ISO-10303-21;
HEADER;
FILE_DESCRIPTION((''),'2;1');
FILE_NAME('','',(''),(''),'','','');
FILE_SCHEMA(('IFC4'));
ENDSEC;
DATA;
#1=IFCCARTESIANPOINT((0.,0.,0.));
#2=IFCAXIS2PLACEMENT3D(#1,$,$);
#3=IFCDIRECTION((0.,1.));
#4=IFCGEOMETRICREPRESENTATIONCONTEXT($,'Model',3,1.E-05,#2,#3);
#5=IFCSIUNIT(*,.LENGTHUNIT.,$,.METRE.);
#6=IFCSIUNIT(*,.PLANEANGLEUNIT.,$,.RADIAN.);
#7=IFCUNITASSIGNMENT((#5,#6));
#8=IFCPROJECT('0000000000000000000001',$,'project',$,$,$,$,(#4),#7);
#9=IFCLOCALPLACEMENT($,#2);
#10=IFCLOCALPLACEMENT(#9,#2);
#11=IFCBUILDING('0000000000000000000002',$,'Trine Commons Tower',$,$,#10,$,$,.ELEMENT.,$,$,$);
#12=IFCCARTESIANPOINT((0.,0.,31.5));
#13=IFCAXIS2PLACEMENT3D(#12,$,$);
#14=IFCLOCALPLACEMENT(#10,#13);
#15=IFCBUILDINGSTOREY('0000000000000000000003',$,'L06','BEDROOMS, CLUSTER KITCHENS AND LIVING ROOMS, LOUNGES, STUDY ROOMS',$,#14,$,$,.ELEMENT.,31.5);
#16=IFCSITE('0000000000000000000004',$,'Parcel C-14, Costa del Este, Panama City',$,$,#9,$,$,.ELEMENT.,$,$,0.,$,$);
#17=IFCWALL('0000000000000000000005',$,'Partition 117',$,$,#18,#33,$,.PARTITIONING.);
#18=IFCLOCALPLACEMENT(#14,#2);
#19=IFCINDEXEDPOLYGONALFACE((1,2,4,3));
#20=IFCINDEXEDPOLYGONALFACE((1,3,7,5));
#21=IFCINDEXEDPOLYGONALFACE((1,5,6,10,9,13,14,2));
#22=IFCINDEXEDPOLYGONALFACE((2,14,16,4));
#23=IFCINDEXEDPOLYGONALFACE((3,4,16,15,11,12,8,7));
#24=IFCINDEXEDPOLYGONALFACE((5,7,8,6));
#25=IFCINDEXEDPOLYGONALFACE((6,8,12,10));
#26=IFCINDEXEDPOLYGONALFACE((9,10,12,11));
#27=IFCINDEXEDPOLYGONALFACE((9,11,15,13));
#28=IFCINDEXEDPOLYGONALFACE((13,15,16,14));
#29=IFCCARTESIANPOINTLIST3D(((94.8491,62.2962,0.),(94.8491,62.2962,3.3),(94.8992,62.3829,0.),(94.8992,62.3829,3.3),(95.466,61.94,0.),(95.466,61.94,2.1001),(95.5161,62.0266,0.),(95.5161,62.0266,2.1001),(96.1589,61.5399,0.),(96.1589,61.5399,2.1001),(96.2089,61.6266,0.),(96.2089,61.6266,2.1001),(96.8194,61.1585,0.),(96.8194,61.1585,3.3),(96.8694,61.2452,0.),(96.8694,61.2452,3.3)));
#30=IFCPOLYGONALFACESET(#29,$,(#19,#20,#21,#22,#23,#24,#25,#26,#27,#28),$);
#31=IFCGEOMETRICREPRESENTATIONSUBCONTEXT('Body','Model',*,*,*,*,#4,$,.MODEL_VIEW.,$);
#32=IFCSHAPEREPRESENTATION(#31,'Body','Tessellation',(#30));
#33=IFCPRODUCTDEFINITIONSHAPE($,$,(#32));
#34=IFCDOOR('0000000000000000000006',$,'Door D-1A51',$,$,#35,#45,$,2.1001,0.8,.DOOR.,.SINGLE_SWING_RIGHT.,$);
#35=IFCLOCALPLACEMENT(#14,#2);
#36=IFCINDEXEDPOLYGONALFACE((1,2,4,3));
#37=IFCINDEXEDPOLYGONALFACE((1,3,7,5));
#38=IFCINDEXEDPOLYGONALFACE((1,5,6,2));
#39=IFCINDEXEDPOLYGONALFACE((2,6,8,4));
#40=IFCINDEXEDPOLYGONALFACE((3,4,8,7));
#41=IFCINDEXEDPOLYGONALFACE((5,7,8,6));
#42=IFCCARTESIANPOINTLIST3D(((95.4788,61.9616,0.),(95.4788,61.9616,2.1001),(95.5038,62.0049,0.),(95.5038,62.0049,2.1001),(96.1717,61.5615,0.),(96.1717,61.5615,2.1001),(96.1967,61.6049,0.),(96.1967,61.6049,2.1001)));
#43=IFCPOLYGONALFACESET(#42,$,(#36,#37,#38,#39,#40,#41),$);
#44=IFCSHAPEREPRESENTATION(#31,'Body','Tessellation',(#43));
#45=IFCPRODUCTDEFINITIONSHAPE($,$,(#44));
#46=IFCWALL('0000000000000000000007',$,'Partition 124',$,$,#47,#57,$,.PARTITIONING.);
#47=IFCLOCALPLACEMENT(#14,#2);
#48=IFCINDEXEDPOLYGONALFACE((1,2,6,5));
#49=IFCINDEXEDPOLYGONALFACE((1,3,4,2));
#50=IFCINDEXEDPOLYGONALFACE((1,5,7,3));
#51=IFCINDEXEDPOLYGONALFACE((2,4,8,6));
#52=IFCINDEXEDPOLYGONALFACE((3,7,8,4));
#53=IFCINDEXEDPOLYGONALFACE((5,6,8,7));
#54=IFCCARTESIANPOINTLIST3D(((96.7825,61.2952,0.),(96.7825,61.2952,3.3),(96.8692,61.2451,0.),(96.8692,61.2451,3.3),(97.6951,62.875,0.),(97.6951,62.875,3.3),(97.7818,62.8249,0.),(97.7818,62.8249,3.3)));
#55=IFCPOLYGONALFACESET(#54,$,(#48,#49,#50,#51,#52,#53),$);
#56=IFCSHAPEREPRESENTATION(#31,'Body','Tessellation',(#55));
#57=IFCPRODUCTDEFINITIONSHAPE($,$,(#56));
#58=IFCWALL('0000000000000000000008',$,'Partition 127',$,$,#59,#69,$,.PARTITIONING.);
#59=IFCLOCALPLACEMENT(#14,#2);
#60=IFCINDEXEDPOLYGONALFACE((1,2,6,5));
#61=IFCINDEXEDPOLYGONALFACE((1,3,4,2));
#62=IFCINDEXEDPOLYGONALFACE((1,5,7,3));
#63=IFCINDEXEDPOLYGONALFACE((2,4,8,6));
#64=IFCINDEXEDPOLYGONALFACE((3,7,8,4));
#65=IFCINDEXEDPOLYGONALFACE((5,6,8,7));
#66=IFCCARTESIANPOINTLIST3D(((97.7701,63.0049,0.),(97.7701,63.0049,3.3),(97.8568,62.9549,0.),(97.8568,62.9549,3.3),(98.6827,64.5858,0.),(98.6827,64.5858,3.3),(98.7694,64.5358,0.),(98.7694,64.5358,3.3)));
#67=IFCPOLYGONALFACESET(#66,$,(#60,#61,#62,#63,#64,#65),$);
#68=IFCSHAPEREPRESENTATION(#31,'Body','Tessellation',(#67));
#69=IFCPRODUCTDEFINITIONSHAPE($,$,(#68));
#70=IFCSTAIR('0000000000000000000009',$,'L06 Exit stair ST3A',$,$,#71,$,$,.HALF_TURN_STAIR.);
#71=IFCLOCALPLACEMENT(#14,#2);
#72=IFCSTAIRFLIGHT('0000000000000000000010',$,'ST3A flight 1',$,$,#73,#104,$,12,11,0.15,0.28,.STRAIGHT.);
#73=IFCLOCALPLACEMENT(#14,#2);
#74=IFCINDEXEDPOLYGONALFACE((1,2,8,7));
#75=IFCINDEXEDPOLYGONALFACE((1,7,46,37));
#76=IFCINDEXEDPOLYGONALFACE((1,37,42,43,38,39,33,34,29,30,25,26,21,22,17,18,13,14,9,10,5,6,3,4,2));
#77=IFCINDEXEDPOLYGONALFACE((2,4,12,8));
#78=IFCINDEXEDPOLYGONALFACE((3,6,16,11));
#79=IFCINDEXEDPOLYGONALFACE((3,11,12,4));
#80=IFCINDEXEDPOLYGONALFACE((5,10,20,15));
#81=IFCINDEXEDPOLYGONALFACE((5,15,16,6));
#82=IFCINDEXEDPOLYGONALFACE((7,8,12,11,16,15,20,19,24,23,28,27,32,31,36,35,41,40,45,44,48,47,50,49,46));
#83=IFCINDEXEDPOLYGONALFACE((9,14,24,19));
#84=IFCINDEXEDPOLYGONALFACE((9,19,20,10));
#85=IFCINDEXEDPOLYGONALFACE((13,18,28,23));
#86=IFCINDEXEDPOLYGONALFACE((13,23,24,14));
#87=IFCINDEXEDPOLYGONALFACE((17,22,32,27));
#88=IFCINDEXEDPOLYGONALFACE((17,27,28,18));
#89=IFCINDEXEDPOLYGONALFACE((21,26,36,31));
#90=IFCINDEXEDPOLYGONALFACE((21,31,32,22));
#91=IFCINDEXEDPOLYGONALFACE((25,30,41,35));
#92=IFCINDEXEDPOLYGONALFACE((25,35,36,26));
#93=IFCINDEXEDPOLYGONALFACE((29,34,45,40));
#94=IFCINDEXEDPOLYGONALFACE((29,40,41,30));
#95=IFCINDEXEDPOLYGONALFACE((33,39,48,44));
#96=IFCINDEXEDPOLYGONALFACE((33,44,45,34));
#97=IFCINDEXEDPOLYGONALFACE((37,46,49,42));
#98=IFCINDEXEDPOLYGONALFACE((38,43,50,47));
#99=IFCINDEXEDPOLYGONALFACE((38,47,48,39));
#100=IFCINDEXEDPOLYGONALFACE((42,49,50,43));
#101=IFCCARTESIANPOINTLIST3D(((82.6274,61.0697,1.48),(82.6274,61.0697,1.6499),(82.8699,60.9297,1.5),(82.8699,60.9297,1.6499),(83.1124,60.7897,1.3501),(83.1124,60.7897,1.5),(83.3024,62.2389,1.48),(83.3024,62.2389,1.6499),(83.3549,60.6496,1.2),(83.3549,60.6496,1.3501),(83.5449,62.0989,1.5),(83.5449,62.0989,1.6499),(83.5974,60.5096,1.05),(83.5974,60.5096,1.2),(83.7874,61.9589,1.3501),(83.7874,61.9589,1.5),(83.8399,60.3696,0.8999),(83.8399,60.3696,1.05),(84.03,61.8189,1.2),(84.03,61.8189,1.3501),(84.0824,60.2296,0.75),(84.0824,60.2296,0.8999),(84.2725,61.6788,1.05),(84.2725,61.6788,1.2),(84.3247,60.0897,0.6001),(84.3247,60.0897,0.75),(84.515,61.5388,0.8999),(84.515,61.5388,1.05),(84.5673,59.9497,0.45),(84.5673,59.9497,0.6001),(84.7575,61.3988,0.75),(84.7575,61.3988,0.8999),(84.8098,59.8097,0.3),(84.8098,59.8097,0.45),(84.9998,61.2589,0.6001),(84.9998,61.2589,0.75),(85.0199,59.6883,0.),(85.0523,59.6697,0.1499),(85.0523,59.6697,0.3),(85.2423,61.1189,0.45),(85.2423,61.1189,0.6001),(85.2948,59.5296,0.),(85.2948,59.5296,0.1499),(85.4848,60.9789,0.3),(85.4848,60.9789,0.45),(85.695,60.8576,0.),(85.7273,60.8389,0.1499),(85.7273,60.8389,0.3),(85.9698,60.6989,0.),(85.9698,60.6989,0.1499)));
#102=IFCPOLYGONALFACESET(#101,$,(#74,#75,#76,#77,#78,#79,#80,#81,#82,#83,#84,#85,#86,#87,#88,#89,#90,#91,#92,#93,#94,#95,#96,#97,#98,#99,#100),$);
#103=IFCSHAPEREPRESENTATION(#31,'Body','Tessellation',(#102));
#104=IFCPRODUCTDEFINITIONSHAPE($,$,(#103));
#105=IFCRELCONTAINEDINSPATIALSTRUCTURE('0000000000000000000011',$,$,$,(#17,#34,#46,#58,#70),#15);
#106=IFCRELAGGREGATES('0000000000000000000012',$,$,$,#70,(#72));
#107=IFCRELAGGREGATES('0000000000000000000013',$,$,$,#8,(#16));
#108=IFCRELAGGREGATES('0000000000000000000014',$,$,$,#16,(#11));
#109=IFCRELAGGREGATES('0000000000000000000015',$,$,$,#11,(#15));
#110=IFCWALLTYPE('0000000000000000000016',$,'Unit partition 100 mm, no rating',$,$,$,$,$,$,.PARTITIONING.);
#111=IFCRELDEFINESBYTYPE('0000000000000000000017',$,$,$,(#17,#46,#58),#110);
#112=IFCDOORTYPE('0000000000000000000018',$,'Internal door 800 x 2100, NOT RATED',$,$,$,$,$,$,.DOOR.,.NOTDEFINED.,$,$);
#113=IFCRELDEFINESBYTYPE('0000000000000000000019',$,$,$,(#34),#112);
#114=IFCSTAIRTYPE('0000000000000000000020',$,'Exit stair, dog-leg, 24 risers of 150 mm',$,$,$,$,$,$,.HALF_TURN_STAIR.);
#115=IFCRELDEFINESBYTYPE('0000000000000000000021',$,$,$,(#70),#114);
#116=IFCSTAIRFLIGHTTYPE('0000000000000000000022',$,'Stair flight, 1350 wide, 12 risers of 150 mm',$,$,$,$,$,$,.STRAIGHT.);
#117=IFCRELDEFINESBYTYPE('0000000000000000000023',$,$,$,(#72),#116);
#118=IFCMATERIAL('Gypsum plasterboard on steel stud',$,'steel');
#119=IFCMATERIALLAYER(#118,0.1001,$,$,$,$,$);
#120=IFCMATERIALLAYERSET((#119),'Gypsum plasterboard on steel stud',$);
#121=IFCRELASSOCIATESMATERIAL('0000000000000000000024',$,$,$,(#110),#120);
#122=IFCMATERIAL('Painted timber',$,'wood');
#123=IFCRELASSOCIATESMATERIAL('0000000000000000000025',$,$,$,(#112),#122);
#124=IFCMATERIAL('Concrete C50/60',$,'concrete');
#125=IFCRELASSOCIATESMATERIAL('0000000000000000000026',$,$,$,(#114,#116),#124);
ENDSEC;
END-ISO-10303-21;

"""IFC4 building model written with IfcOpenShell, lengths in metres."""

from ifc_helpers import new_model, si_unit, direction, frame, frame_2d, origin, place, context, subcontext, project, spatial, polyline, rectangle, outline, extrude, material, layer, layer_set, type_object, element, fill, aggregate, save


model = new_model("IFC4")

# Units and contexts
model_context = context("Model", 3, precision=1e-05, world=origin(), true_north=direction((0.0, 1.0)))
body_context = subcontext(model_context, "Body", "Model", "MODEL_VIEW")
ifc_project = project(units=[si_unit("LENGTHUNIT", "METRE"), si_unit("PLANEANGLEUNIT", "RADIAN")], contexts=[model_context])

# Site, building, storey
site_placement = place(None, origin())
site = spatial("IfcSite", under=ifc_project, at=site_placement, Name="Parcel C-14, Costa del Este, Panama City", CompositionType="ELEMENT", RefElevation=0.0)
building_placement = place(site_placement, origin())
building = spatial("IfcBuilding", under=site, at=building_placement, Name="Trine Commons Tower", CompositionType="ELEMENT")
storey_placement = place(building_placement, frame((0.0, 0.0, 31.5)))
storey = spatial("IfcBuildingStorey", under=building, at=storey_placement, Name="L06", Description="BEDROOMS, CLUSTER KITCHENS AND LIVING ROOMS, LOUNGES, STUDY ROOMS", CompositionType="ELEMENT", Elevation=31.5)

# Shared definitions
ifc_material_1 = material(Name="Concrete C50/60", Category="concrete")

# Shared definitions
ifc_material_2 = material(Name="Gypsum plasterboard on steel stud", Category="steel")

# Shared definitions
ifc_material_3 = material(Name="Painted timber", Category="wood")

# Wall, opening, door
ifc_layer_1 = layer(ifc_material_2, 0.1001)
ifc_layer_set_1 = layer_set([ifc_layer_1], Name="Gypsum plasterboard on steel stud")
wall_type_1 = type_object("IfcWallType", Name="Unit partition 100 mm, no rating", PredefinedType="PARTITIONING", material=ifc_layer_set_1)
door_type_1 = type_object("IfcDoorType", Name="Internal door 800 x 2100, NOT RATED", OperationType="NOTDEFINED", PredefinedType="DOOR", material=ifc_material_3)
wall_1_placement = place(storey_placement, frame((94.874, 62.3396, 0.0), z_axis=(0.0, 0.0, 1.0), x_axis=(0.865989, -0.500063, 0.0)))
wall_1 = element("IfcWall", 1, at=wall_1_placement, inside=storey, type_object=wall_type_1, Name="Partition 117", PredefinedType="PARTITIONING", context=body_context, shape_type="SweptSolid", body=[
    extrude(rectangle(XDim=2.2751, YDim=0.1001, at=frame_2d((1.1377, 0.0))), origin(), (0.0, 0.0, 1.0), 3.3),
])
opening_1_placement = place(wall_1_placement, frame((0.7126, 0.0, 0.0)))
opening_1 = element("IfcOpeningElement", 2, at=opening_1_placement, cuts=wall_1, PredefinedType="OPENING", context=body_context, shape_type="SweptSolid", body=[
    extrude(rectangle(XDim=0.8, YDim=2.1001, at=frame_2d((0.3999, 1.05))), frame((0.0, 0.0601, 0.0), z_axis=(0.0, -1.0, 0.0), x_axis=(1.0, 0.0, 0.0)), (0.0, 0.0, 1.0), 0.1201),
])
door_1_placement = place(opening_1_placement, frame((0.8, 0.0, 0.0), z_axis=(0.0, 0.0, 1.0), x_axis=(-1.0, 0.0, 0.0)))
door_1 = element("IfcDoor", 3, at=door_1_placement, inside=storey, type_object=door_type_1, Name="Door D-1A51", OperationType="SINGLE_SWING_RIGHT", OverallHeight=2.1001, OverallWidth=0.8, PredefinedType="DOOR", context=body_context, shape_type="SweptSolid", body=[
    extrude(rectangle(XDim=0.8, YDim=2.1001, at=frame_2d((0.3999, 1.05))), frame((0.0, 0.0249, 0.0), z_axis=(0.0, -1.0, 0.0), x_axis=(1.0, 0.0, 0.0)), (0.0, 0.0, 1.0), 0.05),
])
fill(opening_1, door_1)

# Walls
wall_2_placement = place(storey_placement, frame((96.8259, 61.2703, 0.0), z_axis=(0.0, 0.0, 1.0), x_axis=(0.500197, 0.865911, 0.0)))
element("IfcWall", 4, at=wall_2_placement, inside=storey, type_object=wall_type_1, Name="Partition 124", PredefinedType="PARTITIONING", context=body_context, shape_type="SweptSolid", body=[
    extrude(rectangle(XDim=1.8245, YDim=0.1001, at=frame_2d((0.9121, 0.0))), origin(), (0.0, 0.0, 1.0), 3.3),
])
wall_3_placement = place(storey_placement, frame((97.8135, 62.98, 0.0), z_axis=(0.0, 0.0, 1.0), x_axis=(0.499966, 0.866045, 0.0)))
element("IfcWall", 5, at=wall_3_placement, inside=storey, type_object=wall_type_1, Name="Partition 127", PredefinedType="PARTITIONING", context=body_context, shape_type="SweptSolid", body=[
    extrude(rectangle(XDim=1.8254, YDim=0.1001, at=frame_2d((0.9126, 0.0))), origin(), (0.0, 0.0, 1.0), 3.3),
])

# Stair, stair flight
stair_type = type_object("IfcStairType", Name="Exit stair, dog-leg, 24 risers of 150 mm", PredefinedType="HALF_TURN_STAIR", material=ifc_material_1)
stair_placement = place(storey_placement, origin())
stair = element("IfcStair", 6, at=stair_placement, inside=storey, type_object=stair_type, Name="L06 Exit stair ST3A", PredefinedType="HALF_TURN_STAIR")
stair_flight_type = type_object("IfcStairFlightType", Name="Stair flight, 1350 wide, 12 risers of 150 mm", PredefinedType="STRAIGHT", material=ifc_material_1)
stair_flight_placement = place(storey_placement, frame((85.6323, 60.1143, 0.0), z_axis=(0.0, 0.0, 1.0), x_axis=(-0.866025, 0.5, 0.0)))
stair_flight = element("IfcStairFlight", 7, at=stair_flight_placement, type_object=stair_flight_type, Name="ST3A flight 1", NumberOfRisers=12, NumberOfTreads=11, PredefinedType="STRAIGHT", RiserHeight=0.15, TreadLength=0.28, context=body_context, shape_type="SweptSolid", body=[
    extrude(outline(polyline([(0.0, 0.0), (0.0, 0.1499), (0.28, 0.1499), (0.28, 0.3), (0.5601, 0.3), (0.5601, 0.45), (0.8401, 0.45), (0.8401, 0.6001), (1.1201, 0.6001), (1.1201, 0.75), (1.3999, 0.75), (1.3999, 0.8999), (1.6799, 0.8999), (1.6799, 1.05), (1.96, 1.05), (1.96, 1.2), (2.24, 1.2), (2.24, 1.3501), (2.52, 1.3501), (2.52, 1.5), (2.8, 1.5), (2.8, 1.6499), (3.0801, 1.6499), (3.0801, 1.8), (3.0801, 1.48), (0.3174, 0.0), (0.0, 0.0)])), frame((0.0, 0.675, 0.0), z_axis=(0.0, -1.0, 0.0), x_axis=(1.0, 0.0, 0.0)), (0.0, 0.0, 1.0), 1.3501),
])
aggregate(stair, [stair_flight])

save(model, "model.ifc")
